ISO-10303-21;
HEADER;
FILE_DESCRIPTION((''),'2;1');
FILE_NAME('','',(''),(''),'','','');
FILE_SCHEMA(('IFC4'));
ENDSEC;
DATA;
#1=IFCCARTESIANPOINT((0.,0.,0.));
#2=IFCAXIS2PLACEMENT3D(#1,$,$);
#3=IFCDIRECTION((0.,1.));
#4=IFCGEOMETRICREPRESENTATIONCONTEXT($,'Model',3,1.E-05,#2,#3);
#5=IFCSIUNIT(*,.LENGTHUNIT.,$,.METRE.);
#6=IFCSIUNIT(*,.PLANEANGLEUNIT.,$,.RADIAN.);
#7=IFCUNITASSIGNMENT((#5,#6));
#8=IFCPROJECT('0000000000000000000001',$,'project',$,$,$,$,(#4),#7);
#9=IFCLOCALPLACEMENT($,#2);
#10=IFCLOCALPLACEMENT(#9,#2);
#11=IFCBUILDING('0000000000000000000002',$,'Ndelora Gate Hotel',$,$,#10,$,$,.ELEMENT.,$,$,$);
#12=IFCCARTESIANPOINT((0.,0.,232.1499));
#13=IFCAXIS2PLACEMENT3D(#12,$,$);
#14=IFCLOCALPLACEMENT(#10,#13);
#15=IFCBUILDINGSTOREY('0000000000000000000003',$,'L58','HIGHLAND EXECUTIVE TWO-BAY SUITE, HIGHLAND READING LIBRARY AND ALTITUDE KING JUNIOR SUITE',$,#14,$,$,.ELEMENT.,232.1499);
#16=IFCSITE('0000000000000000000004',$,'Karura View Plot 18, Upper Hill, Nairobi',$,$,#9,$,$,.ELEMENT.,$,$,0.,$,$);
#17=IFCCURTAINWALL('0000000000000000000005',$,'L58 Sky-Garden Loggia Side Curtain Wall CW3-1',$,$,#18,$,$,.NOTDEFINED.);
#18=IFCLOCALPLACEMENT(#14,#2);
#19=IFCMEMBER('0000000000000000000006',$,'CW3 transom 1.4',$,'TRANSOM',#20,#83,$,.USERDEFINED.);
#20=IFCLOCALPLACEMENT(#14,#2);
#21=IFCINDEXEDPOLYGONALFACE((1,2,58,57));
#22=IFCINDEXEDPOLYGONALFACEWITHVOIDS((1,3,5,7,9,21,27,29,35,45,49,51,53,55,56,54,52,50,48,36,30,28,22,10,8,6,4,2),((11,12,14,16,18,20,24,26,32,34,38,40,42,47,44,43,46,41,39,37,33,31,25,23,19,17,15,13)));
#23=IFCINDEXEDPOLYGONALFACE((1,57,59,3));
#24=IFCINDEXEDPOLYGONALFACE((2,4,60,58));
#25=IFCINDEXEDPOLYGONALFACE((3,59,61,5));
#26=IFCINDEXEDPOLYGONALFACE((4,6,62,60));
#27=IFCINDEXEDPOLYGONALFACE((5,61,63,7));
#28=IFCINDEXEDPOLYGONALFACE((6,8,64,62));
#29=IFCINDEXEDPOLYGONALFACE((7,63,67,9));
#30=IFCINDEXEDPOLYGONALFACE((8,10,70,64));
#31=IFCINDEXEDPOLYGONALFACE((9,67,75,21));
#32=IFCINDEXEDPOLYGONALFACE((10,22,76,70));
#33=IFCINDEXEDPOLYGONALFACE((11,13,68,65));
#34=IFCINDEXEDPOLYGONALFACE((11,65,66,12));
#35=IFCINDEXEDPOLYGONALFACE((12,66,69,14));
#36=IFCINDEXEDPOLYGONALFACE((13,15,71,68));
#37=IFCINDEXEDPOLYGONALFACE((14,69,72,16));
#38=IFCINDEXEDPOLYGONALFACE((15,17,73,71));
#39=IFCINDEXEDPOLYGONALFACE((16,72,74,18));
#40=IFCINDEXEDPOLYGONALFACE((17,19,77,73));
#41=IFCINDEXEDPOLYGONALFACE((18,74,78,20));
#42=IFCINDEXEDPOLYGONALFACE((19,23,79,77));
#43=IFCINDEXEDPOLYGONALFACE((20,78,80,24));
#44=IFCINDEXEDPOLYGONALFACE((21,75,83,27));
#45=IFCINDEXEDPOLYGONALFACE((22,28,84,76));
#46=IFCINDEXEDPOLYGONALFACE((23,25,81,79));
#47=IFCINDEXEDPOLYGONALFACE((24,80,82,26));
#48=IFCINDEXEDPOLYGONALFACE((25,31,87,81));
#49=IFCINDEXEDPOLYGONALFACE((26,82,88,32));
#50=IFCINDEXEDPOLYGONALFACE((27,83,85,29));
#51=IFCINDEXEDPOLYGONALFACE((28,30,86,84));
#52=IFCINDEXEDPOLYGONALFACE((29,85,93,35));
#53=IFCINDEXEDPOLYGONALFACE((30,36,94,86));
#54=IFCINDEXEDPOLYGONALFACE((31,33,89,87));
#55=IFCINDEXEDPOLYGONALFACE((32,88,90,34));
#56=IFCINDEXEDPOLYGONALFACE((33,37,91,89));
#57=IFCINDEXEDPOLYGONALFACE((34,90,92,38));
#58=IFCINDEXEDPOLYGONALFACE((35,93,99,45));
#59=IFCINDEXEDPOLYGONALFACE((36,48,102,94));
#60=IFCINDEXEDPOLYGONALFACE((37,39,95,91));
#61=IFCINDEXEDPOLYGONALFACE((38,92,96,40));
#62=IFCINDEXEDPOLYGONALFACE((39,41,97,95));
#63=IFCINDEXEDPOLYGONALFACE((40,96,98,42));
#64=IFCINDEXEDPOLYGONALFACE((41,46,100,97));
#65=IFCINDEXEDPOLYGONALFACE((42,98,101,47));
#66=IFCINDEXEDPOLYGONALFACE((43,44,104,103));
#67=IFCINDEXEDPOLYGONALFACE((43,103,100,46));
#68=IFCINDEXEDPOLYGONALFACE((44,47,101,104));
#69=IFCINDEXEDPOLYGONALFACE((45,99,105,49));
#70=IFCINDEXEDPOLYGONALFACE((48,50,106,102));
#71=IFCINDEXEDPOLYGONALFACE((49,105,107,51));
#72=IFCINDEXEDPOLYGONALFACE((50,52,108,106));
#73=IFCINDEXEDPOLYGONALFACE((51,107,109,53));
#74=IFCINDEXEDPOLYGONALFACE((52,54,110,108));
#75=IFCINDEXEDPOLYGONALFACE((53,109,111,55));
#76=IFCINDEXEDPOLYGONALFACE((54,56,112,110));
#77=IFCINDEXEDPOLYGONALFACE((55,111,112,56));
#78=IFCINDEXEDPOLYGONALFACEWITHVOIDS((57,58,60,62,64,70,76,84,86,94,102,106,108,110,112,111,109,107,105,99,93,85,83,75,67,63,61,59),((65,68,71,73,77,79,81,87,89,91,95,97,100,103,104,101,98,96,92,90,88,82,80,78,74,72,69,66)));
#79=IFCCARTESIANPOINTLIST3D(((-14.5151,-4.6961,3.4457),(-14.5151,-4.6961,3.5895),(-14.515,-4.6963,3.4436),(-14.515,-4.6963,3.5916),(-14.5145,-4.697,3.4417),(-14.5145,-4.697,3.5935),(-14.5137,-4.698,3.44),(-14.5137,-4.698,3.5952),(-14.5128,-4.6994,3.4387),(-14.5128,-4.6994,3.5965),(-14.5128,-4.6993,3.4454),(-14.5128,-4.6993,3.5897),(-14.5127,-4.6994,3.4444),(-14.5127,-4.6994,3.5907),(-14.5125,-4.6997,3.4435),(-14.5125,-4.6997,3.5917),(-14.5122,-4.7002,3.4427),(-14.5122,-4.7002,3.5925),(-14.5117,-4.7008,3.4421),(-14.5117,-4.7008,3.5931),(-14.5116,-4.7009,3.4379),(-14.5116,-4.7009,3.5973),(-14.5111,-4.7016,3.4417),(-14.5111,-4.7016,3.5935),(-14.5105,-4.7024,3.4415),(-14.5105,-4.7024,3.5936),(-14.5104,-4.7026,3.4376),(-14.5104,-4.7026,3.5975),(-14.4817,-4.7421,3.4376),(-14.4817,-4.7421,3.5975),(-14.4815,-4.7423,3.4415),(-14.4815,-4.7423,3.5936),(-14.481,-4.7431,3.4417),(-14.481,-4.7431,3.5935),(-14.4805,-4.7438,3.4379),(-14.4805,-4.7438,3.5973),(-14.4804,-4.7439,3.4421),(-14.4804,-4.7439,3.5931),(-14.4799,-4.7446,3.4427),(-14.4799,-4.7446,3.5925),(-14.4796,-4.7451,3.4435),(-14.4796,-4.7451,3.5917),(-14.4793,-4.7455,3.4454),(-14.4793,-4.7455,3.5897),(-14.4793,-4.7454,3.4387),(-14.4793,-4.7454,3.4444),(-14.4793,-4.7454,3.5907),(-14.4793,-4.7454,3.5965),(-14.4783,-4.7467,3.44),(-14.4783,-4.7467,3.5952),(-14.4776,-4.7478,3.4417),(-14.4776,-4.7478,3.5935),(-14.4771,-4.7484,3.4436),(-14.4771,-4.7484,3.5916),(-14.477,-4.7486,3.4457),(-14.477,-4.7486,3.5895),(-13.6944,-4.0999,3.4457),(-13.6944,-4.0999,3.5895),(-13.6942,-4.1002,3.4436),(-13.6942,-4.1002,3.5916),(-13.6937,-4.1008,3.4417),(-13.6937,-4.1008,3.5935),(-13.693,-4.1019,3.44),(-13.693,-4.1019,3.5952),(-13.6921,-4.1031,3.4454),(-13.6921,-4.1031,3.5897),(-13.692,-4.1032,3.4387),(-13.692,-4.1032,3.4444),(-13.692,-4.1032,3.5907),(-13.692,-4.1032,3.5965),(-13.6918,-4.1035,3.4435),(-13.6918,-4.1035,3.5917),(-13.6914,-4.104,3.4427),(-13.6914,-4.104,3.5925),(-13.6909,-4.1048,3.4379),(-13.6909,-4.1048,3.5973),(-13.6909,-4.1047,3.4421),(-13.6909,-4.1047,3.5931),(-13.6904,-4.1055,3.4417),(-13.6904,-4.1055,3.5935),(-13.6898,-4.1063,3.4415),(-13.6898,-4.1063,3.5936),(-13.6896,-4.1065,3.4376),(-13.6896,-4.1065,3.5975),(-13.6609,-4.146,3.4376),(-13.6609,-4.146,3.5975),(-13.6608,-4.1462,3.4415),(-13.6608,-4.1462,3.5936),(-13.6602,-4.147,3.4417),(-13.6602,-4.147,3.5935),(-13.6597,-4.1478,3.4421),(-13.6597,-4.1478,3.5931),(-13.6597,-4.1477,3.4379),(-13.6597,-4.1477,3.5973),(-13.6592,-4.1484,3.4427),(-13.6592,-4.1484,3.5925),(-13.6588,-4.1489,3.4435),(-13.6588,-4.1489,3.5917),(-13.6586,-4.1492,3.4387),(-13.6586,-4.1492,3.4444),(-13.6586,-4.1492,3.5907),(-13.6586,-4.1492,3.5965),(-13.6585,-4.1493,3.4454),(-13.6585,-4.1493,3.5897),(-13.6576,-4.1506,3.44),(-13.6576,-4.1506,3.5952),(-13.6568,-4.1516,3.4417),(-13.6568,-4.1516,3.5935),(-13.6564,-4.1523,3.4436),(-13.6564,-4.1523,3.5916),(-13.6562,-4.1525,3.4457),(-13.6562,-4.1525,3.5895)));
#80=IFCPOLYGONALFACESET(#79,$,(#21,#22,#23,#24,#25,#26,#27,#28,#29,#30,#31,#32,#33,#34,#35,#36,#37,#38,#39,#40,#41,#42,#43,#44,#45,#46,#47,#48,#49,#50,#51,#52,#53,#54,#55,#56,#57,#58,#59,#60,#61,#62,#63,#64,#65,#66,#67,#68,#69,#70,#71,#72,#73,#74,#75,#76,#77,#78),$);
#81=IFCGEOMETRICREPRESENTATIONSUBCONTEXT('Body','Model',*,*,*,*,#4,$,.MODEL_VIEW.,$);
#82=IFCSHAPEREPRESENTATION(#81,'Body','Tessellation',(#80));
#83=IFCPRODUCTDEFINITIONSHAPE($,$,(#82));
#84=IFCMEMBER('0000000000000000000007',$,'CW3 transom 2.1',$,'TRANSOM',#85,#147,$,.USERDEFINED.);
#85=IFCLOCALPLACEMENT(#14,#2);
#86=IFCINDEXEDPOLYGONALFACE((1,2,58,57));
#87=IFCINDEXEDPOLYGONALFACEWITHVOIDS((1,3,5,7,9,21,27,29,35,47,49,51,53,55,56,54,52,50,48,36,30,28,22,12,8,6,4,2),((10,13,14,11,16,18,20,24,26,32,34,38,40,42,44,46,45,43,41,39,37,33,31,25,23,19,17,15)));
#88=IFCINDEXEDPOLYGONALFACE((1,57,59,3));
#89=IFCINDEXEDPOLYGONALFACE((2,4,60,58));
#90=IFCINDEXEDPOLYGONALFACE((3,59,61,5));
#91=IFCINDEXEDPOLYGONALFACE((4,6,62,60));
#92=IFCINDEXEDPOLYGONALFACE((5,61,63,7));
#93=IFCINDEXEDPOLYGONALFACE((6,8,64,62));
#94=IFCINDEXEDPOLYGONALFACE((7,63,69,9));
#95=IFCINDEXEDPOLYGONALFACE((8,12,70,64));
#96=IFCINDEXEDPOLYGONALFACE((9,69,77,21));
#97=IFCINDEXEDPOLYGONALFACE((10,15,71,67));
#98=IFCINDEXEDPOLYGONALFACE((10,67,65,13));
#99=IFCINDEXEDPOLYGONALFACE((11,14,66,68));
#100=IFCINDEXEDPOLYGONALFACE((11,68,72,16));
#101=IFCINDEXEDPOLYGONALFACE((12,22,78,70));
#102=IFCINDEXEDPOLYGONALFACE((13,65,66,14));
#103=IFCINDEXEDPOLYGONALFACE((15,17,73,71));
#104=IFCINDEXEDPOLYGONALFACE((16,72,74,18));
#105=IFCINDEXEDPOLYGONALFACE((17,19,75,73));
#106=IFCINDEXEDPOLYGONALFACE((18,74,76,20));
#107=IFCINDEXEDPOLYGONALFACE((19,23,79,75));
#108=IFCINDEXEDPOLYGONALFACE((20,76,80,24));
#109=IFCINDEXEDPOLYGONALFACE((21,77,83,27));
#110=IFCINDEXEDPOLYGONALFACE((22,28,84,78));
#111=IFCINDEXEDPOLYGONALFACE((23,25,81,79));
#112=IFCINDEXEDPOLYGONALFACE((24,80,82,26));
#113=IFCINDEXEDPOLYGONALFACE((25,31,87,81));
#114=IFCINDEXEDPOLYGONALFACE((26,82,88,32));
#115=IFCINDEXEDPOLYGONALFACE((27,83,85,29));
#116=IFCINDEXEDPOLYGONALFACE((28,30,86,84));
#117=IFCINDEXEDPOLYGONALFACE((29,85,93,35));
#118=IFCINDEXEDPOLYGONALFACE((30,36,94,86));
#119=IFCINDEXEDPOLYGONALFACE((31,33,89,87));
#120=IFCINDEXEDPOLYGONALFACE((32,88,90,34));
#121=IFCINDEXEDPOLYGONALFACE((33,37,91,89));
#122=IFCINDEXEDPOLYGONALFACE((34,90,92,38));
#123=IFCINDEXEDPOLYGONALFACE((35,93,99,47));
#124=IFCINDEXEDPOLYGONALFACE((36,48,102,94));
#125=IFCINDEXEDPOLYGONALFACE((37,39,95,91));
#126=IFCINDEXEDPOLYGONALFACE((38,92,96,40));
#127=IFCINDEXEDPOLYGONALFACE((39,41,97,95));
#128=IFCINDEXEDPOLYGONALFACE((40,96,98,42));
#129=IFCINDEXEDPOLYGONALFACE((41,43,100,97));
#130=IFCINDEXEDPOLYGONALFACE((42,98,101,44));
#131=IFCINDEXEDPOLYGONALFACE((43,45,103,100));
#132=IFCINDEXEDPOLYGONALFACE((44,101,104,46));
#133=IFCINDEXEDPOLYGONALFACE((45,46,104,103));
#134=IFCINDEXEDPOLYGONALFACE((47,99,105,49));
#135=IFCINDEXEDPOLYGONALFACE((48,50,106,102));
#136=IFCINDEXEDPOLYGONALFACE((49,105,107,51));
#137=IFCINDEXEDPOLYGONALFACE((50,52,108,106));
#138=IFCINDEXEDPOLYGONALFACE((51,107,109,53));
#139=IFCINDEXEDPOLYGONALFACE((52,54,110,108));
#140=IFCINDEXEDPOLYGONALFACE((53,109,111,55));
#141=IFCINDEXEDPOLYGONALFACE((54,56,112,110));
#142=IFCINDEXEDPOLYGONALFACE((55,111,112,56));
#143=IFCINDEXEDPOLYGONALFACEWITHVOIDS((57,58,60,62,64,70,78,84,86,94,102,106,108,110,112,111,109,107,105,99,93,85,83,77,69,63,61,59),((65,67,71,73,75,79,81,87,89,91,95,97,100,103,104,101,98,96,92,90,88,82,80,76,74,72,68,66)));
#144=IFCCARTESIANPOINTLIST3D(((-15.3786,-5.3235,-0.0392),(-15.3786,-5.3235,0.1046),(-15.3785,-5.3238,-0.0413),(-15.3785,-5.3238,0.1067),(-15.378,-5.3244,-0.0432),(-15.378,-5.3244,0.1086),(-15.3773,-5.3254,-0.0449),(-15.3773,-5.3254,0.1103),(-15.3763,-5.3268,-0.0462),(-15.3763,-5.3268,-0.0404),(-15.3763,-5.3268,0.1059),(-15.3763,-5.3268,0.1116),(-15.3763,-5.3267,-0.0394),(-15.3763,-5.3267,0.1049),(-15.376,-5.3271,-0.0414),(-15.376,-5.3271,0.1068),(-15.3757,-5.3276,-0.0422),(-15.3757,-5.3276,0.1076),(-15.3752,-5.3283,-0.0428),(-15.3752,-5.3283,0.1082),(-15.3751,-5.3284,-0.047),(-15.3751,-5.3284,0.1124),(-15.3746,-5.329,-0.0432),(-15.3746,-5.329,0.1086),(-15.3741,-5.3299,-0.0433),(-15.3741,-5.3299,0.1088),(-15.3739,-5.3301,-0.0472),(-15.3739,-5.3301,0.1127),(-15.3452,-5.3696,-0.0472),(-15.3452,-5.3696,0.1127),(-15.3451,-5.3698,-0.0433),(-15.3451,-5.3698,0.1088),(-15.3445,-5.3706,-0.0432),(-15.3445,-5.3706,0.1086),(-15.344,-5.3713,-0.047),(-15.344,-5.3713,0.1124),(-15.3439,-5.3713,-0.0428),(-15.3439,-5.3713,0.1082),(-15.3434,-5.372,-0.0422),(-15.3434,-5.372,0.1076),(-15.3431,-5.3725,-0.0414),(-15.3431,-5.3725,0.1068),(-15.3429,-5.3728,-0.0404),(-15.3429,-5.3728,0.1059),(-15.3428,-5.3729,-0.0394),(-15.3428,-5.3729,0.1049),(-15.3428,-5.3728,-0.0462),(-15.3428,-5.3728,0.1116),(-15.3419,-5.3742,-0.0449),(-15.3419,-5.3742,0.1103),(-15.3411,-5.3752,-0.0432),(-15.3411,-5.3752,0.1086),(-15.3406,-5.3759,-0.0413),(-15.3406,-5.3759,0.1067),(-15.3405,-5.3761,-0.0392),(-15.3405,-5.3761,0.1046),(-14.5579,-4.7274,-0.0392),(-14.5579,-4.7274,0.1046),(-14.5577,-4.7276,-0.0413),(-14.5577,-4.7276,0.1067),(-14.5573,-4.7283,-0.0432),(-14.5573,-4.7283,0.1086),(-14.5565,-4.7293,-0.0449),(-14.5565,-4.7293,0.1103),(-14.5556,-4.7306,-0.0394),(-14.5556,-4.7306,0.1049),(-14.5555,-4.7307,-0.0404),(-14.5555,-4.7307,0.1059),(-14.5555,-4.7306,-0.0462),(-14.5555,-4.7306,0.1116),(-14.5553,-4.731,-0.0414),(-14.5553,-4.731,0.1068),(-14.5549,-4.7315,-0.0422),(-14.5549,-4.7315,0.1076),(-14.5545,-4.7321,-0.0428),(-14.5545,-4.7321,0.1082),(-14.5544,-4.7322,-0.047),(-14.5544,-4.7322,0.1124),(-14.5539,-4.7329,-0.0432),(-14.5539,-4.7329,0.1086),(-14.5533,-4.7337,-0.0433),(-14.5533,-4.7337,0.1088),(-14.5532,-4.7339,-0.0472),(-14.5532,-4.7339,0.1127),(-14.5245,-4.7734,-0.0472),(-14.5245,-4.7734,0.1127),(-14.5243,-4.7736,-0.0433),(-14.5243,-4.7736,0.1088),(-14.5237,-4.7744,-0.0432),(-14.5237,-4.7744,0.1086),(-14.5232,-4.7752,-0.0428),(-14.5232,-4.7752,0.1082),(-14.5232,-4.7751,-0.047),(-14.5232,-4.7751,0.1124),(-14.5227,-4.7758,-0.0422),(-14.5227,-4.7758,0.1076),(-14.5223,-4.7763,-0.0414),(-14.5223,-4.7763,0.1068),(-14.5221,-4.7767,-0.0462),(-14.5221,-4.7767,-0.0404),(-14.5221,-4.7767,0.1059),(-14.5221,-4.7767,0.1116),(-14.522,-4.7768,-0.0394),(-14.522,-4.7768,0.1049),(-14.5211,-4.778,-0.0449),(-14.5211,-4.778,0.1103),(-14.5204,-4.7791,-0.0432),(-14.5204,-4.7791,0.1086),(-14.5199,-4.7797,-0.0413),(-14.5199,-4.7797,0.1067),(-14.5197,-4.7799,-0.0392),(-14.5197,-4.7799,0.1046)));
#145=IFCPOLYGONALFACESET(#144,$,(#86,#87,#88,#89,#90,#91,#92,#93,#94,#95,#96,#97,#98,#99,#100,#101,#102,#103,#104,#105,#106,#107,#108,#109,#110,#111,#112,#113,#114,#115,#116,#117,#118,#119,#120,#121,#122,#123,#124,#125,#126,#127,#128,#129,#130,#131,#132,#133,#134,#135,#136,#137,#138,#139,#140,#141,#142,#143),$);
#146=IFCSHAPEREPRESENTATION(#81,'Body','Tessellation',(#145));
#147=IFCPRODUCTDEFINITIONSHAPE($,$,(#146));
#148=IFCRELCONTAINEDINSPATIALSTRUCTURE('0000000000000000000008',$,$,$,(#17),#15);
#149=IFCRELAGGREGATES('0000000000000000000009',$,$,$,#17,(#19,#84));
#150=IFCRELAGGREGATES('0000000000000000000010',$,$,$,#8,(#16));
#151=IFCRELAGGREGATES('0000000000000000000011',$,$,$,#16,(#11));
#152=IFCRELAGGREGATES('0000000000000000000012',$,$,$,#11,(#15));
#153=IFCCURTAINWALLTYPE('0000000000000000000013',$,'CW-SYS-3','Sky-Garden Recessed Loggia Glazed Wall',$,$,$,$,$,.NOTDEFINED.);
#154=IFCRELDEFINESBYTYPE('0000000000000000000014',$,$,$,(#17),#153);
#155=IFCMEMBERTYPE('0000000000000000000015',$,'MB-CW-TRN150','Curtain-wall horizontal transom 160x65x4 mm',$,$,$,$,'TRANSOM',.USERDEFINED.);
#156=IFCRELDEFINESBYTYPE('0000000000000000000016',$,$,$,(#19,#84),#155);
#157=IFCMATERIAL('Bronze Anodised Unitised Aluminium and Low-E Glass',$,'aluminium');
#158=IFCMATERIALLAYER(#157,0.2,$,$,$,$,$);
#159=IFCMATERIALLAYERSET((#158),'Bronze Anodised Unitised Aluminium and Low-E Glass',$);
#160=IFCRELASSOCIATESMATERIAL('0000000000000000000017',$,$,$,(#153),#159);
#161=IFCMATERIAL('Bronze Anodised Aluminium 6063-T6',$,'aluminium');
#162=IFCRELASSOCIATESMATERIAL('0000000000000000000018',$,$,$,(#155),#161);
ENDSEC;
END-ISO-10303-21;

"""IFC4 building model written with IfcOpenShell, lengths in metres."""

from ifc_helpers import new_model, si_unit, direction, frame, origin, origin_2d, place, context, subcontext, project, spatial, hollow_rectangle, extrude, material, layer, layer_set, material_profile, profile_set, type_object, element, aggregate, save


model = new_model("IFC4")

# Units and contexts
model_context = context("Model", 3, precision=1e-05, world=origin(), true_north=direction((0.0, 1.0)))
body_context = subcontext(model_context, "Body", "Model", "MODEL_VIEW")
ifc_project = project(units=[si_unit("LENGTHUNIT", "METRE"), si_unit("PLANEANGLEUNIT", "RADIAN")], contexts=[model_context])

# Site, building, storey
site_placement = place(None, origin())
site = spatial("IfcSite", under=ifc_project, at=site_placement, Name="Karura View Plot 18, Upper Hill, Nairobi", CompositionType="ELEMENT", RefElevation=0.0)
building_placement = place(site_placement, origin())
building = spatial("IfcBuilding", under=site, at=building_placement, Name="Ndelora Gate Hotel", CompositionType="ELEMENT")
storey_placement = place(building_placement, frame((0.0, 0.0, 232.1499)))
storey = spatial("IfcBuildingStorey", under=building, at=storey_placement, Name="L58", Description="HIGHLAND EXECUTIVE TWO-BAY SUITE, HIGHLAND READING LIBRARY AND ALTITUDE KING JUNIOR SUITE", CompositionType="ELEMENT", Elevation=232.1499)

# Curtain wall, members
ifc_material_1 = material(Name="Bronze Anodised Unitised Aluminium and Low-E Glass", Category="aluminium")
ifc_layer_1 = layer(ifc_material_1, 0.2)
ifc_layer_set_1 = layer_set([ifc_layer_1], Name="Bronze Anodised Unitised Aluminium and Low-E Glass")
curtain_wall_type = type_object("IfcCurtainWallType", Name="CW-SYS-3", Description="Sky-Garden Recessed Loggia Glazed Wall", PredefinedType="NOTDEFINED", material=ifc_layer_set_1)
curtain_wall_placement = place(storey_placement, origin())
curtain_wall = element("IfcCurtainWall", 1, at=curtain_wall_placement, inside=storey, type_object=curtain_wall_type, Name="L58 Sky-Garden Loggia Side Curtain Wall CW3-1", PredefinedType="NOTDEFINED")
ifc_material_2 = material(Name="Bronze Anodised Aluminium 6063-T6", Category="aluminium")
ifc_material_profile_1 = material_profile(ifc_material_2, hollow_rectangle(XDim=0.0649, YDim=0.1599, WallThickness=0.0039, InnerFilletRadius=0.0039, OuterFilletRadius=0.0081, at=origin_2d()), Name="ALU 160x65x4")
ifc_profile_set_1 = profile_set([ifc_material_profile_1], Name="Bronze Anodised Aluminium 6063-T6")
member_type_1 = type_object("IfcMemberType", Name="MB-CW-TRN150", Description="Curtain-wall horizontal transom 160x65x4 mm", ElementType="TRANSOM", PredefinedType="USERDEFINED", material=ifc_profile_set_1)
member_1_placement = place(storey_placement, frame((-13.6753, -4.1262, 3.5176), z_axis=(-0.80909, -0.587685, 0.0), x_axis=(0.587685, -0.80909, 0.0)))
member_1 = element("IfcMember", 2, at=member_1_placement, type_object=member_type_1, Name="CW3 transom 1.4", ObjectType="TRANSOM", PredefinedType="USERDEFINED", context=body_context, shape_type="SweptSolid", body=[
    extrude(hollow_rectangle(XDim=0.0649, YDim=0.1599, WallThickness=0.0039, InnerFilletRadius=0.0039, OuterFilletRadius=0.0081, at=origin_2d()), origin(), (0.0, 0.0, 1.0), 1.0144),
])
member_2_placement = place(storey_placement, frame((-14.5388, -4.7537, 0.0327), z_axis=(-0.80909, -0.587685, 0.0), x_axis=(0.587685, -0.80909, 0.0)))
member_2 = element("IfcMember", 3, at=member_2_placement, type_object=member_type_1, Name="CW3 transom 2.1", ObjectType="TRANSOM", PredefinedType="USERDEFINED", context=body_context, shape_type="SweptSolid", body=[
    extrude(hollow_rectangle(XDim=0.0649, YDim=0.1599, WallThickness=0.0039, InnerFilletRadius=0.0039, OuterFilletRadius=0.0081, at=origin_2d()), origin(), (0.0, 0.0, 1.0), 1.0144),
])
aggregate(curtain_wall, [member_1, member_2])

save(model, "model.ifc")
